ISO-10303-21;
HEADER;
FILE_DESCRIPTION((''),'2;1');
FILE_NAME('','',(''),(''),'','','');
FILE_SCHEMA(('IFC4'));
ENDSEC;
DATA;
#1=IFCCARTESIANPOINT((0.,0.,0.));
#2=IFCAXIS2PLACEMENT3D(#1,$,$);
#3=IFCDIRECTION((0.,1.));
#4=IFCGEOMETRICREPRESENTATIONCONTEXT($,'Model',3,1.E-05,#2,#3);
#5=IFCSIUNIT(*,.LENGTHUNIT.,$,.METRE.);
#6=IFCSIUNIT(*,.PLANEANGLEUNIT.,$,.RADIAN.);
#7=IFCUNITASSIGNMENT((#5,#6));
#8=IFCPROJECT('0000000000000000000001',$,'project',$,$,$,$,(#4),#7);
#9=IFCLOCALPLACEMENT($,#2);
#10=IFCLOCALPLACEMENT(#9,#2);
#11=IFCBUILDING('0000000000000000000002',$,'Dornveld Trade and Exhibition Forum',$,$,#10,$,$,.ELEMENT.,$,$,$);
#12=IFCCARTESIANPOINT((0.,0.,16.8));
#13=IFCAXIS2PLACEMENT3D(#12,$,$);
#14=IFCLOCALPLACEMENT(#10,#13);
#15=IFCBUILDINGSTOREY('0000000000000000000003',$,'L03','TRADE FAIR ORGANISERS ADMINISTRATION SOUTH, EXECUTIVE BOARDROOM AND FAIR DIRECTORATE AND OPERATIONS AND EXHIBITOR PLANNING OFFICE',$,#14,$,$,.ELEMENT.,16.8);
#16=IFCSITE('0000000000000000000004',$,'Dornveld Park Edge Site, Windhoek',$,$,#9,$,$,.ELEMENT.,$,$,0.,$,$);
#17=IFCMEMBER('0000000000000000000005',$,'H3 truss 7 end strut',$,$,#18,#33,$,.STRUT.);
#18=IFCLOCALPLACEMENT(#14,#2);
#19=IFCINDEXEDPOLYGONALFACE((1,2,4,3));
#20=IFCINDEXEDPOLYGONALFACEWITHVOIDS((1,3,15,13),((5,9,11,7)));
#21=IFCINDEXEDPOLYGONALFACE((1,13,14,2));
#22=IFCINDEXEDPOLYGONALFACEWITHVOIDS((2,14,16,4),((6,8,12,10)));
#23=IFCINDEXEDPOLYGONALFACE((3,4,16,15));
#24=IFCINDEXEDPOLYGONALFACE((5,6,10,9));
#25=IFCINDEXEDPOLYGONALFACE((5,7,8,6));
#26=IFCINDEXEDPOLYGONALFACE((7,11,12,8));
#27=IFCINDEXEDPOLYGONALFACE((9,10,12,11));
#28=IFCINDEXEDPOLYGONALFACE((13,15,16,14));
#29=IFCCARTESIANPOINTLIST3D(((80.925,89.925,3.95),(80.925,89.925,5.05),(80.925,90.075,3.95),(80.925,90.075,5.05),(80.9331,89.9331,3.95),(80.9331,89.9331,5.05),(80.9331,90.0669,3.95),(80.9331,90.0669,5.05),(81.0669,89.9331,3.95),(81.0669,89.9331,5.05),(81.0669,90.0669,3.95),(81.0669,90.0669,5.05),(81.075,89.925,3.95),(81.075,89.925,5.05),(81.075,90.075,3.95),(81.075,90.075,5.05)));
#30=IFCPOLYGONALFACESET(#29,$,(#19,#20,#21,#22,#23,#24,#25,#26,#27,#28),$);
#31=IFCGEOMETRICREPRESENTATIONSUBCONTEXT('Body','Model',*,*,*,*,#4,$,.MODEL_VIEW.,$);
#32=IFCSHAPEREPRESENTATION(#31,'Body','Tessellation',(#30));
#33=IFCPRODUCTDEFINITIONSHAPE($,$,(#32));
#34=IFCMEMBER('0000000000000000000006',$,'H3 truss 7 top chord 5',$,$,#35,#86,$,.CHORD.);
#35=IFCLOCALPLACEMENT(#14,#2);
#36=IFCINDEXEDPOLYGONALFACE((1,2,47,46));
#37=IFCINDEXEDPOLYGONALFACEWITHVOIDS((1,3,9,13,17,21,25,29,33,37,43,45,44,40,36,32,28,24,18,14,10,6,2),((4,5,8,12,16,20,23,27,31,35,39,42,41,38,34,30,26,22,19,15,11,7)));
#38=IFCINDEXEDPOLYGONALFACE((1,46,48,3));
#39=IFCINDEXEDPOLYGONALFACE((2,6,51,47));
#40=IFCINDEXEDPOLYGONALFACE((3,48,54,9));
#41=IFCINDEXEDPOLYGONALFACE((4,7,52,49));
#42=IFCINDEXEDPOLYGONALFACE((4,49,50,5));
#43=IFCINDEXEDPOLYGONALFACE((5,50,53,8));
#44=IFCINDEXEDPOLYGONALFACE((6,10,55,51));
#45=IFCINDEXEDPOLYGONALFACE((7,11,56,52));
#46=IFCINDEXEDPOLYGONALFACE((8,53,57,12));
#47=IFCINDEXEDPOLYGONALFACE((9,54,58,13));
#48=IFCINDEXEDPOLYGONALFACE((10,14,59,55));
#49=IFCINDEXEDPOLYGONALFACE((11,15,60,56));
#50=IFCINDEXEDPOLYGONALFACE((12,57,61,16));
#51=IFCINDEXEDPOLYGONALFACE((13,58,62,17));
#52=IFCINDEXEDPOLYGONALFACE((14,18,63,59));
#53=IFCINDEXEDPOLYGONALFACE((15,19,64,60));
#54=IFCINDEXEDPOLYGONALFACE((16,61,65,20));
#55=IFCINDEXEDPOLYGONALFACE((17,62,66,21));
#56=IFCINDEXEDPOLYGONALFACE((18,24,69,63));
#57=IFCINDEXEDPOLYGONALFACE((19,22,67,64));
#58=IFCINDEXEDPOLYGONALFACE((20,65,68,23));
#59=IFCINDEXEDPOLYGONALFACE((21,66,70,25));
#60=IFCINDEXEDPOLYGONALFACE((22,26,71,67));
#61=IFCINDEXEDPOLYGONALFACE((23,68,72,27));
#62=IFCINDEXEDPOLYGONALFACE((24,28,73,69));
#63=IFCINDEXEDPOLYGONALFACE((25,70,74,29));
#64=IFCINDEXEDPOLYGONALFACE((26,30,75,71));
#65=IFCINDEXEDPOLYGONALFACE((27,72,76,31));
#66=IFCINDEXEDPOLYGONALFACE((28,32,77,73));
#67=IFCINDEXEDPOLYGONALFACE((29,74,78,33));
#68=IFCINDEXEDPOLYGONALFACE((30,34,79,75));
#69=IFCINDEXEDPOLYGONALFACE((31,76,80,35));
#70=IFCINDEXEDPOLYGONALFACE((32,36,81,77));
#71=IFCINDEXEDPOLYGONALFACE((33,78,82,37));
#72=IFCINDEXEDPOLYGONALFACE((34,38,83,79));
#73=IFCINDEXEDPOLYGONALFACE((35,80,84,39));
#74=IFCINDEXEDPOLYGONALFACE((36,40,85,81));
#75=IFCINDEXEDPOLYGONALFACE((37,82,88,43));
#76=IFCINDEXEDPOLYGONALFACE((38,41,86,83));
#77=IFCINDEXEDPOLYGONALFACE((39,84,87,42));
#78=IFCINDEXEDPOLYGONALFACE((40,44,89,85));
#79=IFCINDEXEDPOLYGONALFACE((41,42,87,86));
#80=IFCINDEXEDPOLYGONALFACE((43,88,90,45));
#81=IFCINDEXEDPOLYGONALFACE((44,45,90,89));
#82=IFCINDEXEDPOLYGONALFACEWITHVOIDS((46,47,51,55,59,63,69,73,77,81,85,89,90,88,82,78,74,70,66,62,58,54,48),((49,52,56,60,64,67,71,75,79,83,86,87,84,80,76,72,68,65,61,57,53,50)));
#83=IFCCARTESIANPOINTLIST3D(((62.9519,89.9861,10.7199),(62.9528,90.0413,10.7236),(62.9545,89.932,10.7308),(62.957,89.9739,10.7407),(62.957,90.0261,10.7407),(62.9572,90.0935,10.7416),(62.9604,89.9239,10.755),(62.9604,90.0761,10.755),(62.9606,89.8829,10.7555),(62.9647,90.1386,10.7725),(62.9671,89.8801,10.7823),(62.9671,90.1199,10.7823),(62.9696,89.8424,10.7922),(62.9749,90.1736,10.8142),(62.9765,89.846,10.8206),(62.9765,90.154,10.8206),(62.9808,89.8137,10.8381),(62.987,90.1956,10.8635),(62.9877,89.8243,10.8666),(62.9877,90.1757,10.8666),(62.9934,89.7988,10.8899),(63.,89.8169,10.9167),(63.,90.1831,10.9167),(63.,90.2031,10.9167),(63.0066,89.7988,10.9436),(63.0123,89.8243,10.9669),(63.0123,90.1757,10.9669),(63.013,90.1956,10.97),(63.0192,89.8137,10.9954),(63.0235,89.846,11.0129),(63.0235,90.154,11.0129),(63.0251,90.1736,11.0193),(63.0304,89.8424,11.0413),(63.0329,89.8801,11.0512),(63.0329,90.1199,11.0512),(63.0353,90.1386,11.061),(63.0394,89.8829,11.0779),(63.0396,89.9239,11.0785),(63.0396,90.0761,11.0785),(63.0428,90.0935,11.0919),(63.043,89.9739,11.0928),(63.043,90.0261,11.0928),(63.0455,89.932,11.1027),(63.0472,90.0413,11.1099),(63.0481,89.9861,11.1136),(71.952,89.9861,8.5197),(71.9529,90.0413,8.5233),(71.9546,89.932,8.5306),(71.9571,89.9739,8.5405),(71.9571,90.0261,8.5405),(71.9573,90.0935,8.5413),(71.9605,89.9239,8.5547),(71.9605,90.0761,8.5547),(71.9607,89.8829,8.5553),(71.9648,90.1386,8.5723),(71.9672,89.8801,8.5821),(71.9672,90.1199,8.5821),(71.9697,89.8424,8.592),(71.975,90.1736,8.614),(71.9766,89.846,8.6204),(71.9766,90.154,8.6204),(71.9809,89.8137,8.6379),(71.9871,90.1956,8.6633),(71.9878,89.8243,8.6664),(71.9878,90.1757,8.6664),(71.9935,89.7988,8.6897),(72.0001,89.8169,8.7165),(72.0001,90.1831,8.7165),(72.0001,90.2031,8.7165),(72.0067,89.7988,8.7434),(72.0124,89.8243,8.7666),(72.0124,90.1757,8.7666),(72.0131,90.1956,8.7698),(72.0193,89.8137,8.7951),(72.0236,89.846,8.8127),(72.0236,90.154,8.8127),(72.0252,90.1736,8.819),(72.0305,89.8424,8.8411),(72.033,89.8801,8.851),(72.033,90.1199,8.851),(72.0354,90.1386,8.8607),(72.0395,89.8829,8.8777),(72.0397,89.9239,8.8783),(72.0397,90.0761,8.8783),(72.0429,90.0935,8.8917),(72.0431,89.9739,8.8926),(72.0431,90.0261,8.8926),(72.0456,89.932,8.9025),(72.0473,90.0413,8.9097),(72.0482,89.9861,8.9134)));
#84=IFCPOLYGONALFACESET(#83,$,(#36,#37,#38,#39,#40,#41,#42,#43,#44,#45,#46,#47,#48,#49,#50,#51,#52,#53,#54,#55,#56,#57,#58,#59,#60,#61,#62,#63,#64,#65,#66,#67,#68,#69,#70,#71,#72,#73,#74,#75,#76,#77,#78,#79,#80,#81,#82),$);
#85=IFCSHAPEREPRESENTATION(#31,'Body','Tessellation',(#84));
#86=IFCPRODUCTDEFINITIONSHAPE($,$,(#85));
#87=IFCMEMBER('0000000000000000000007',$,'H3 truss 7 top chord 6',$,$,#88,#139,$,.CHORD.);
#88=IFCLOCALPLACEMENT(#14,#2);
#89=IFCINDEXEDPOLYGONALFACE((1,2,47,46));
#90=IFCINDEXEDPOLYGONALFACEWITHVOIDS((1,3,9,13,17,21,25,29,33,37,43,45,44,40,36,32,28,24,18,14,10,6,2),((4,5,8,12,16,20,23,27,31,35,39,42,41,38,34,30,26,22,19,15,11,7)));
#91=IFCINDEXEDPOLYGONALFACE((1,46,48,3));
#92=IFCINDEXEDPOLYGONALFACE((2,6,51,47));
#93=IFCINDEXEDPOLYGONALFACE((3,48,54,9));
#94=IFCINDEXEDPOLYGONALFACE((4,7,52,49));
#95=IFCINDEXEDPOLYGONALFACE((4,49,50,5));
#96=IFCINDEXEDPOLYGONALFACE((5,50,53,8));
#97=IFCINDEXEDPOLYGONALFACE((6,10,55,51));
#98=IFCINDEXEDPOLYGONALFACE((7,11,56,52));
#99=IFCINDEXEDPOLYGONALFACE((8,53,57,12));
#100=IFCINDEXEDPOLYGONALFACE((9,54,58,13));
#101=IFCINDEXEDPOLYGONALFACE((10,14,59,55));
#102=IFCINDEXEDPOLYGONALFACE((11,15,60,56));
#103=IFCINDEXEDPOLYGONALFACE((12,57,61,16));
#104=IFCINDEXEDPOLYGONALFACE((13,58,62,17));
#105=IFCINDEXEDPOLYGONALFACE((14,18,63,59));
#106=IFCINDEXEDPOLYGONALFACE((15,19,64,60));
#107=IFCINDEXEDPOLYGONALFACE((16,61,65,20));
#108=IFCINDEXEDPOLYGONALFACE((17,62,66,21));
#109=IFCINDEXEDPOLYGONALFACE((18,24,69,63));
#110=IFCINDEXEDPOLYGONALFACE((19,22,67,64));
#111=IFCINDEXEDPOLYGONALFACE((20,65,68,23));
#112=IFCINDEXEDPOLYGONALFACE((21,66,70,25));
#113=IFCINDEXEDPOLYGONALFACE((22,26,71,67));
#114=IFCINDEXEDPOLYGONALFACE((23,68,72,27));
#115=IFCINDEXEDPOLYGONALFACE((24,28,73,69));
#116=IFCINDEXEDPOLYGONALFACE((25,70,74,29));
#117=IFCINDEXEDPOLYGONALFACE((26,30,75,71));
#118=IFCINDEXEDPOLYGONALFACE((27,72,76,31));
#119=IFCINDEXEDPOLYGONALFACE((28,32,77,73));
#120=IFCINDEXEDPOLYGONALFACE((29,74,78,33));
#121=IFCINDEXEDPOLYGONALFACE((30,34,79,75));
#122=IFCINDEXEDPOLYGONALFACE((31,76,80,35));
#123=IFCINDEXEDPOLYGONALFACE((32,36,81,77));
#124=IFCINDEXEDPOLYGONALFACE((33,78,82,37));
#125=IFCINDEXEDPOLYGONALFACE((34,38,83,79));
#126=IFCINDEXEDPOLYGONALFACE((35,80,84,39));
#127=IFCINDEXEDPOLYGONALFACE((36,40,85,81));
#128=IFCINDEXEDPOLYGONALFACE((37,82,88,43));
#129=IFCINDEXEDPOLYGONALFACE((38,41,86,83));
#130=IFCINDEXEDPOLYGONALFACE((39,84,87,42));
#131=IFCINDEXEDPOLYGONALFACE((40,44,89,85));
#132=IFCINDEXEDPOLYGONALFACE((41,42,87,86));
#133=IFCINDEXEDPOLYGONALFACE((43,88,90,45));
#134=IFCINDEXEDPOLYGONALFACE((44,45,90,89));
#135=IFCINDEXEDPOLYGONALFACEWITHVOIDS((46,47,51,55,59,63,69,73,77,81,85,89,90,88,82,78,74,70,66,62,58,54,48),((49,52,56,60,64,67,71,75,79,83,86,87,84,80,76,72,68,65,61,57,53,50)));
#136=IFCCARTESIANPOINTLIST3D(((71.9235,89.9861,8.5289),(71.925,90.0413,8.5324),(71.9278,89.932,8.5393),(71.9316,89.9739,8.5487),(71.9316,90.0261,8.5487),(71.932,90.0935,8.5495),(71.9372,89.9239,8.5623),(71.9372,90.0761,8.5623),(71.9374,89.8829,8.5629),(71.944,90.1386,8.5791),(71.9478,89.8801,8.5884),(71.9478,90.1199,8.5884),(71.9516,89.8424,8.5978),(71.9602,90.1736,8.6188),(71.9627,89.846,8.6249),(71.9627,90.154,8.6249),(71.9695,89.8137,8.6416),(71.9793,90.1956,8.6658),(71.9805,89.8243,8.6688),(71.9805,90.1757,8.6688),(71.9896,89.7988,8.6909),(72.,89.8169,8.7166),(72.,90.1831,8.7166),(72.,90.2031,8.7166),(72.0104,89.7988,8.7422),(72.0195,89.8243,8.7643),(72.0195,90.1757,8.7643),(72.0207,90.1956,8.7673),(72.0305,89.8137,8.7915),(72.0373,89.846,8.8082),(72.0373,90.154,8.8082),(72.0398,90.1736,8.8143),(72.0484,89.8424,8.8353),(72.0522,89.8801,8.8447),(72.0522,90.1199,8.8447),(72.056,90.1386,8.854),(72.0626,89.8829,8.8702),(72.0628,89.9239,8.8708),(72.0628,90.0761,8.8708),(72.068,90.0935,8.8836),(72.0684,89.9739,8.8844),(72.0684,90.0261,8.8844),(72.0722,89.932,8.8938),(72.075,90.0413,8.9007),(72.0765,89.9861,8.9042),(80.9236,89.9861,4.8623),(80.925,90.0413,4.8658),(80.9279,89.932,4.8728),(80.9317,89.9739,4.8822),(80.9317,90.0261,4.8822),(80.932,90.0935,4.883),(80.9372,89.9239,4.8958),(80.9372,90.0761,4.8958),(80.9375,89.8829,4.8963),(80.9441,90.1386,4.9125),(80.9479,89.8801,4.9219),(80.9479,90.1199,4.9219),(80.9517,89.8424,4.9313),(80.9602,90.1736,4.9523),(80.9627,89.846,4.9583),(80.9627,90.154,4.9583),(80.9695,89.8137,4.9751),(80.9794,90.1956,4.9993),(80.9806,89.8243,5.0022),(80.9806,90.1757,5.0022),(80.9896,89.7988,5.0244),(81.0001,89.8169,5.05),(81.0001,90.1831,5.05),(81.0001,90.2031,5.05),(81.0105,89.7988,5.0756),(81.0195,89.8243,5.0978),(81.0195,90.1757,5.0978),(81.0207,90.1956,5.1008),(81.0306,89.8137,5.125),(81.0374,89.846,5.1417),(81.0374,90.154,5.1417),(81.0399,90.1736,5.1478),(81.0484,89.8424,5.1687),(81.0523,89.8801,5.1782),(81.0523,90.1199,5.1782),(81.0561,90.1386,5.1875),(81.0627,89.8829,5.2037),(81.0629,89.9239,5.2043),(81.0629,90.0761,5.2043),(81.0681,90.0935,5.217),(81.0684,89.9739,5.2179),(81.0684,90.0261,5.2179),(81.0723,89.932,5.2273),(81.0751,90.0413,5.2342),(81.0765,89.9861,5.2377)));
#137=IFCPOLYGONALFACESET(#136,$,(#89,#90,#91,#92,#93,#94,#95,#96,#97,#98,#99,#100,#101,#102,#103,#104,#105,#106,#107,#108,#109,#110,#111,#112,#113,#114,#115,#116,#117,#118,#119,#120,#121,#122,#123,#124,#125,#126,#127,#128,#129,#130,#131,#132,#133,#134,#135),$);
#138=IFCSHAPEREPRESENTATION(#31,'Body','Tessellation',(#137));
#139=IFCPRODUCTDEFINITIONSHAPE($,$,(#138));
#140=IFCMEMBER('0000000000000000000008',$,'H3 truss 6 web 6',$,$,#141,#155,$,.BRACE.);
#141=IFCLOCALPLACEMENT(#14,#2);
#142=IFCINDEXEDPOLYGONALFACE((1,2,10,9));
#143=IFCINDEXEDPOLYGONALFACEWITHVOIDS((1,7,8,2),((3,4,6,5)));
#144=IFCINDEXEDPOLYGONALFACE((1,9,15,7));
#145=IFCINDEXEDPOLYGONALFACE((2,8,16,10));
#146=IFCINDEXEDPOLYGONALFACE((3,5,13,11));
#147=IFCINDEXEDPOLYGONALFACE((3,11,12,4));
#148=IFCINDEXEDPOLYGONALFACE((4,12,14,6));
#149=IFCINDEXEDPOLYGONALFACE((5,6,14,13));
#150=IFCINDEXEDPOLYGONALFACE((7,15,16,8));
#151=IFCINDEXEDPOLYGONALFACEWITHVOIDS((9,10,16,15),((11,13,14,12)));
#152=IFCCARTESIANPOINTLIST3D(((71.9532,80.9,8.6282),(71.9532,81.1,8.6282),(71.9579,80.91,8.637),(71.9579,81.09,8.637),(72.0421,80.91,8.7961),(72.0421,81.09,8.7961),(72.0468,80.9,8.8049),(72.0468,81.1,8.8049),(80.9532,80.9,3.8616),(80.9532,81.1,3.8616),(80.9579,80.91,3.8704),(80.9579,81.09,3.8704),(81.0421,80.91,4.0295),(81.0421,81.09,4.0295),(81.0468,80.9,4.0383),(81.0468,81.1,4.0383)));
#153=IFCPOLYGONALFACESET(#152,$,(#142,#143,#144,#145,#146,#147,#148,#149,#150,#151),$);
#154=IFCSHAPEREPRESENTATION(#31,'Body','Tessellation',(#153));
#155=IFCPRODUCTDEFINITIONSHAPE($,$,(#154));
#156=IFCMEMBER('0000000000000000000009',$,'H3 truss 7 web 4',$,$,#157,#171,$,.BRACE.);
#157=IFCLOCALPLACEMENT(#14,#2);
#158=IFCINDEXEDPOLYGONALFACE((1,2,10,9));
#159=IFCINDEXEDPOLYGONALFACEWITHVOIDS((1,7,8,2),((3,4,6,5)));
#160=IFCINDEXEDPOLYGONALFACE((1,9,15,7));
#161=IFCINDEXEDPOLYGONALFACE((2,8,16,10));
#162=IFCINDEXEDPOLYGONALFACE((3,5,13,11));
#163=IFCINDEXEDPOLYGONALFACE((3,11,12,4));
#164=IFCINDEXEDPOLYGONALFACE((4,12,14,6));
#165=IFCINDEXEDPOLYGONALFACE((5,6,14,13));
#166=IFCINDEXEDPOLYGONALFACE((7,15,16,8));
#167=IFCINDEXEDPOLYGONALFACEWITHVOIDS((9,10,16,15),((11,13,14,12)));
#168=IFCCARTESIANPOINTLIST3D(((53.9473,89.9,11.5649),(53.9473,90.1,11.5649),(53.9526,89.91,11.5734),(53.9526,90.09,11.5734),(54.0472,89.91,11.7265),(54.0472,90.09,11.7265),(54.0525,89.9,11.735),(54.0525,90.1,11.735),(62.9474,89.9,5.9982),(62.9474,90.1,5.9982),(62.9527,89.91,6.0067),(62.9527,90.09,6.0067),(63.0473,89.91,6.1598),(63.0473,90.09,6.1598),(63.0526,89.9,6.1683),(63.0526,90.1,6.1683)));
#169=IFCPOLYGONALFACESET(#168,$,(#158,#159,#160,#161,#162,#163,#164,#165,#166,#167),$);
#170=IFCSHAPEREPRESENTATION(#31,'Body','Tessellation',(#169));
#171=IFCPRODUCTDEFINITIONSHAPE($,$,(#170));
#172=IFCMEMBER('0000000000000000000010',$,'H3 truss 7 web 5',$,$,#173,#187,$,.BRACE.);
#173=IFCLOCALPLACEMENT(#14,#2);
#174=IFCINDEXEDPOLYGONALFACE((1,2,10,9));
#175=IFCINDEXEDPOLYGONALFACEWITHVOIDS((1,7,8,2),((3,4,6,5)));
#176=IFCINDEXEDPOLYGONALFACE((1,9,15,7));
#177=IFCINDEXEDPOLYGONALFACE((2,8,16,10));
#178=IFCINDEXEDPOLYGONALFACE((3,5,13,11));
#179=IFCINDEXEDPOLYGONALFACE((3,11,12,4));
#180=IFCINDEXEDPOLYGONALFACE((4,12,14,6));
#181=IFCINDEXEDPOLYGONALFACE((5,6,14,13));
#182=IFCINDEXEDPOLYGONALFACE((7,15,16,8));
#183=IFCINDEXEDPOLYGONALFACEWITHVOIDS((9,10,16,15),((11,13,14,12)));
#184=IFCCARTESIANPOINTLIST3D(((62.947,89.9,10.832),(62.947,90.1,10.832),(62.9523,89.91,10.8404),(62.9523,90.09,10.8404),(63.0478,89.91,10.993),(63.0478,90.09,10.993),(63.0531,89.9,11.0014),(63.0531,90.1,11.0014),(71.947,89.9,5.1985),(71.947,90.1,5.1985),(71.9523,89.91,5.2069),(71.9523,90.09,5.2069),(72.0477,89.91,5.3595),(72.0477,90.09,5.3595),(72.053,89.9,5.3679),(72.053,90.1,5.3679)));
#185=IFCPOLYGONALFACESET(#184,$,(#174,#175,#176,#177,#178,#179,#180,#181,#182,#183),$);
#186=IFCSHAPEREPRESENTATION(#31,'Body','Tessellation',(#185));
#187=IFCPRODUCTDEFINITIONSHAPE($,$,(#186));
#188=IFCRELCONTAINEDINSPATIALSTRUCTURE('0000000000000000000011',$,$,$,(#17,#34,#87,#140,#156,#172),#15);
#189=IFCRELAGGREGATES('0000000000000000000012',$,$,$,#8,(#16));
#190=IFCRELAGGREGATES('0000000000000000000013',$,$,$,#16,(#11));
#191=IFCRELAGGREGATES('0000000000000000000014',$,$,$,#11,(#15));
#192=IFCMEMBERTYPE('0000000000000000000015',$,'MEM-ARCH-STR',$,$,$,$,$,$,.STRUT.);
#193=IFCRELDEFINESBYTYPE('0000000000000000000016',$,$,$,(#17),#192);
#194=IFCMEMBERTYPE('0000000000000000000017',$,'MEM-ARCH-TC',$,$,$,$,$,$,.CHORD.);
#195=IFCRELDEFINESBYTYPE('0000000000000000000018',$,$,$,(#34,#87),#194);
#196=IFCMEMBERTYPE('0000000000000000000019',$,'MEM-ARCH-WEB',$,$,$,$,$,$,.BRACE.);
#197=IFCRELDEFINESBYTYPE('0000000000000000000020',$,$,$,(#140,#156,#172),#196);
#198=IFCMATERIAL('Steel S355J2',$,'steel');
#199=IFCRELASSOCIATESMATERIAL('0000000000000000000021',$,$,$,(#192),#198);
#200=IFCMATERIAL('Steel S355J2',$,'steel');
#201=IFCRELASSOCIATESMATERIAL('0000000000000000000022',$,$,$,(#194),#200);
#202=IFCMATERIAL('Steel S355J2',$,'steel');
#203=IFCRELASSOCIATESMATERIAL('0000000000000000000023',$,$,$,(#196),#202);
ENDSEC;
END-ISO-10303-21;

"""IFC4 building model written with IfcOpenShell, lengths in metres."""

from ifc_helpers import new_model, si_unit, direction, frame, origin, origin_2d, place, context, subcontext, project, spatial, hollow_rectangle, hollow_circle, extrude, material, material_profile, profile_set, type_object, element, save


model = new_model("IFC4")

# Units and contexts
model_context = context("Model", 3, precision=1e-05, world=origin(), true_north=direction((0.0, 1.0)))
body_context = subcontext(model_context, "Body", "Model", "MODEL_VIEW")
ifc_project = project(units=[si_unit("LENGTHUNIT", "METRE"), si_unit("PLANEANGLEUNIT", "RADIAN")], contexts=[model_context])

# Site, building, storey
site_placement = place(None, origin())
site = spatial("IfcSite", under=ifc_project, at=site_placement, Name="Dornveld Park Edge Site, Windhoek", CompositionType="ELEMENT", RefElevation=0.0)
building_placement = place(site_placement, origin())
building = spatial("IfcBuilding", under=site, at=building_placement, Name="Dornveld Trade and Exhibition Forum", CompositionType="ELEMENT")
storey_placement = place(building_placement, frame((0.0, 0.0, 16.8)))
storey = spatial("IfcBuildingStorey", under=building, at=storey_placement, Name="L03", Description="TRADE FAIR ORGANISERS ADMINISTRATION SOUTH, EXECUTIVE BOARDROOM AND FAIR DIRECTORATE AND OPERATIONS AND EXHIBITOR PLANNING OFFICE", CompositionType="ELEMENT", Elevation=16.8)

# Members
ifc_material_1 = material(Name="Steel S355J2", Category="steel")
ifc_material_profile_1 = material_profile(ifc_material_1, hollow_rectangle(XDim=0.1499, YDim=0.1499, WallThickness=0.0081, at=origin_2d()), Name="SHS 150x150x8")
ifc_profile_set_1 = profile_set([ifc_material_profile_1], Name="Steel S355J2")
member_type_1 = type_object("IfcMemberType", Name="MEM-ARCH-STR", PredefinedType="STRUT", material=ifc_profile_set_1)
member_1_placement = place(storey_placement, frame((81.0, 90.0, 3.95), z_axis=(0.0, 0.0, 1.0), x_axis=(1.0, 0.0, 0.0)))
element("IfcMember", 1, at=member_1_placement, inside=storey, type_object=member_type_1, Name="H3 truss 7 end strut", PredefinedType="STRUT", context=body_context, shape_type="SweptSolid", body=[
    extrude(hollow_rectangle(XDim=0.1499, YDim=0.1499, WallThickness=0.0081, at=origin_2d()), origin(), (0.0, 0.0, 1.0), 1.1001),
])
ifc_material_2 = material(Name="Steel S355J2", Category="steel")
ifc_material_profile_2 = material_profile(ifc_material_2, hollow_circle(Radius=0.2031, WallThickness=0.02, at=origin_2d()), Name="CHS 406.4x20")
ifc_profile_set_2 = profile_set([ifc_material_profile_2], Name="Steel S355J2")
member_type_2 = type_object("IfcMemberType", Name="MEM-ARCH-TC", PredefinedType="CHORD", material=ifc_profile_set_2)
member_2_placement = place(storey_placement, frame((63.0, 90.0, 10.9167), z_axis=(0.971394, 0.0, -0.237473), x_axis=(0.0, 1.0, 0.0)))
element("IfcMember", 2, at=member_2_placement, inside=storey, type_object=member_type_2, Name="H3 truss 7 top chord 5", PredefinedType="CHORD", context=body_context, shape_type="SweptSolid", body=[
    extrude(hollow_circle(Radius=0.2031, WallThickness=0.02, at=origin_2d()), origin(), (0.0, 0.0, 1.0), 9.2651),
])
member_3_placement = place(storey_placement, frame((72.0, 90.0, 8.7166), z_axis=(0.926098, 0.0, -0.377283), x_axis=(0.0, 1.0, 0.0)))
element("IfcMember", 3, at=member_3_placement, inside=storey, type_object=member_type_2, Name="H3 truss 7 top chord 6", PredefinedType="CHORD", context=body_context, shape_type="SweptSolid", body=[
    extrude(hollow_circle(Radius=0.2031, WallThickness=0.02, at=origin_2d()), origin(), (0.0, 0.0, 1.0), 9.7183),
])
ifc_material_3 = material(Name="Steel S355J2", Category="steel")
ifc_material_profile_3 = material_profile(ifc_material_3, hollow_rectangle(XDim=0.2, YDim=0.2, WallThickness=0.01, at=origin_2d()), Name="SHS 200x200x10")
ifc_profile_set_3 = profile_set([ifc_material_profile_3], Name="Steel S355J2")
member_type_3 = type_object("IfcMemberType", Name="MEM-ARCH-WEB", PredefinedType="BRACE", material=ifc_profile_set_3)
member_4_placement = place(storey_placement, frame((81.0, 81.0, 3.95), z_axis=(-0.883711, 0.0, 0.468033), x_axis=(0.0, -1.0, 0.0)))
element("IfcMember", 4, at=member_4_placement, inside=storey, type_object=member_type_3, Name="H3 truss 6 web 6", PredefinedType="BRACE", context=body_context, shape_type="SweptSolid", body=[
    extrude(hollow_rectangle(XDim=0.2, YDim=0.2, WallThickness=0.01, at=origin_2d()), origin(), (0.0, 0.0, 1.0), 10.1843),
])
member_5_placement = place(storey_placement, frame((63.0, 90.0, 6.0833), z_axis=(-0.850467, 0.0, 0.526028), x_axis=(0.0, -1.0, 0.0)))
element("IfcMember", 5, at=member_5_placement, inside=storey, type_object=member_type_3, Name="H3 truss 7 web 4", PredefinedType="BRACE", context=body_context, shape_type="SweptSolid", body=[
    extrude(hollow_rectangle(XDim=0.2, YDim=0.2, WallThickness=0.01, at=origin_2d()), origin(), (0.0, 0.0, 1.0), 10.5825),
])
member_6_placement = place(storey_placement, frame((72.0, 90.0, 5.2832), z_axis=(-0.847636, 0.0, 0.530578), x_axis=(0.0, -1.0, 0.0)))
element("IfcMember", 6, at=member_6_placement, inside=storey, type_object=member_type_3, Name="H3 truss 7 web 5", PredefinedType="BRACE", context=body_context, shape_type="SweptSolid", body=[
    extrude(hollow_rectangle(XDim=0.2, YDim=0.2, WallThickness=0.01, at=origin_2d()), origin(), (0.0, 0.0, 1.0), 10.6177),
])

save(model, "model.ifc")
